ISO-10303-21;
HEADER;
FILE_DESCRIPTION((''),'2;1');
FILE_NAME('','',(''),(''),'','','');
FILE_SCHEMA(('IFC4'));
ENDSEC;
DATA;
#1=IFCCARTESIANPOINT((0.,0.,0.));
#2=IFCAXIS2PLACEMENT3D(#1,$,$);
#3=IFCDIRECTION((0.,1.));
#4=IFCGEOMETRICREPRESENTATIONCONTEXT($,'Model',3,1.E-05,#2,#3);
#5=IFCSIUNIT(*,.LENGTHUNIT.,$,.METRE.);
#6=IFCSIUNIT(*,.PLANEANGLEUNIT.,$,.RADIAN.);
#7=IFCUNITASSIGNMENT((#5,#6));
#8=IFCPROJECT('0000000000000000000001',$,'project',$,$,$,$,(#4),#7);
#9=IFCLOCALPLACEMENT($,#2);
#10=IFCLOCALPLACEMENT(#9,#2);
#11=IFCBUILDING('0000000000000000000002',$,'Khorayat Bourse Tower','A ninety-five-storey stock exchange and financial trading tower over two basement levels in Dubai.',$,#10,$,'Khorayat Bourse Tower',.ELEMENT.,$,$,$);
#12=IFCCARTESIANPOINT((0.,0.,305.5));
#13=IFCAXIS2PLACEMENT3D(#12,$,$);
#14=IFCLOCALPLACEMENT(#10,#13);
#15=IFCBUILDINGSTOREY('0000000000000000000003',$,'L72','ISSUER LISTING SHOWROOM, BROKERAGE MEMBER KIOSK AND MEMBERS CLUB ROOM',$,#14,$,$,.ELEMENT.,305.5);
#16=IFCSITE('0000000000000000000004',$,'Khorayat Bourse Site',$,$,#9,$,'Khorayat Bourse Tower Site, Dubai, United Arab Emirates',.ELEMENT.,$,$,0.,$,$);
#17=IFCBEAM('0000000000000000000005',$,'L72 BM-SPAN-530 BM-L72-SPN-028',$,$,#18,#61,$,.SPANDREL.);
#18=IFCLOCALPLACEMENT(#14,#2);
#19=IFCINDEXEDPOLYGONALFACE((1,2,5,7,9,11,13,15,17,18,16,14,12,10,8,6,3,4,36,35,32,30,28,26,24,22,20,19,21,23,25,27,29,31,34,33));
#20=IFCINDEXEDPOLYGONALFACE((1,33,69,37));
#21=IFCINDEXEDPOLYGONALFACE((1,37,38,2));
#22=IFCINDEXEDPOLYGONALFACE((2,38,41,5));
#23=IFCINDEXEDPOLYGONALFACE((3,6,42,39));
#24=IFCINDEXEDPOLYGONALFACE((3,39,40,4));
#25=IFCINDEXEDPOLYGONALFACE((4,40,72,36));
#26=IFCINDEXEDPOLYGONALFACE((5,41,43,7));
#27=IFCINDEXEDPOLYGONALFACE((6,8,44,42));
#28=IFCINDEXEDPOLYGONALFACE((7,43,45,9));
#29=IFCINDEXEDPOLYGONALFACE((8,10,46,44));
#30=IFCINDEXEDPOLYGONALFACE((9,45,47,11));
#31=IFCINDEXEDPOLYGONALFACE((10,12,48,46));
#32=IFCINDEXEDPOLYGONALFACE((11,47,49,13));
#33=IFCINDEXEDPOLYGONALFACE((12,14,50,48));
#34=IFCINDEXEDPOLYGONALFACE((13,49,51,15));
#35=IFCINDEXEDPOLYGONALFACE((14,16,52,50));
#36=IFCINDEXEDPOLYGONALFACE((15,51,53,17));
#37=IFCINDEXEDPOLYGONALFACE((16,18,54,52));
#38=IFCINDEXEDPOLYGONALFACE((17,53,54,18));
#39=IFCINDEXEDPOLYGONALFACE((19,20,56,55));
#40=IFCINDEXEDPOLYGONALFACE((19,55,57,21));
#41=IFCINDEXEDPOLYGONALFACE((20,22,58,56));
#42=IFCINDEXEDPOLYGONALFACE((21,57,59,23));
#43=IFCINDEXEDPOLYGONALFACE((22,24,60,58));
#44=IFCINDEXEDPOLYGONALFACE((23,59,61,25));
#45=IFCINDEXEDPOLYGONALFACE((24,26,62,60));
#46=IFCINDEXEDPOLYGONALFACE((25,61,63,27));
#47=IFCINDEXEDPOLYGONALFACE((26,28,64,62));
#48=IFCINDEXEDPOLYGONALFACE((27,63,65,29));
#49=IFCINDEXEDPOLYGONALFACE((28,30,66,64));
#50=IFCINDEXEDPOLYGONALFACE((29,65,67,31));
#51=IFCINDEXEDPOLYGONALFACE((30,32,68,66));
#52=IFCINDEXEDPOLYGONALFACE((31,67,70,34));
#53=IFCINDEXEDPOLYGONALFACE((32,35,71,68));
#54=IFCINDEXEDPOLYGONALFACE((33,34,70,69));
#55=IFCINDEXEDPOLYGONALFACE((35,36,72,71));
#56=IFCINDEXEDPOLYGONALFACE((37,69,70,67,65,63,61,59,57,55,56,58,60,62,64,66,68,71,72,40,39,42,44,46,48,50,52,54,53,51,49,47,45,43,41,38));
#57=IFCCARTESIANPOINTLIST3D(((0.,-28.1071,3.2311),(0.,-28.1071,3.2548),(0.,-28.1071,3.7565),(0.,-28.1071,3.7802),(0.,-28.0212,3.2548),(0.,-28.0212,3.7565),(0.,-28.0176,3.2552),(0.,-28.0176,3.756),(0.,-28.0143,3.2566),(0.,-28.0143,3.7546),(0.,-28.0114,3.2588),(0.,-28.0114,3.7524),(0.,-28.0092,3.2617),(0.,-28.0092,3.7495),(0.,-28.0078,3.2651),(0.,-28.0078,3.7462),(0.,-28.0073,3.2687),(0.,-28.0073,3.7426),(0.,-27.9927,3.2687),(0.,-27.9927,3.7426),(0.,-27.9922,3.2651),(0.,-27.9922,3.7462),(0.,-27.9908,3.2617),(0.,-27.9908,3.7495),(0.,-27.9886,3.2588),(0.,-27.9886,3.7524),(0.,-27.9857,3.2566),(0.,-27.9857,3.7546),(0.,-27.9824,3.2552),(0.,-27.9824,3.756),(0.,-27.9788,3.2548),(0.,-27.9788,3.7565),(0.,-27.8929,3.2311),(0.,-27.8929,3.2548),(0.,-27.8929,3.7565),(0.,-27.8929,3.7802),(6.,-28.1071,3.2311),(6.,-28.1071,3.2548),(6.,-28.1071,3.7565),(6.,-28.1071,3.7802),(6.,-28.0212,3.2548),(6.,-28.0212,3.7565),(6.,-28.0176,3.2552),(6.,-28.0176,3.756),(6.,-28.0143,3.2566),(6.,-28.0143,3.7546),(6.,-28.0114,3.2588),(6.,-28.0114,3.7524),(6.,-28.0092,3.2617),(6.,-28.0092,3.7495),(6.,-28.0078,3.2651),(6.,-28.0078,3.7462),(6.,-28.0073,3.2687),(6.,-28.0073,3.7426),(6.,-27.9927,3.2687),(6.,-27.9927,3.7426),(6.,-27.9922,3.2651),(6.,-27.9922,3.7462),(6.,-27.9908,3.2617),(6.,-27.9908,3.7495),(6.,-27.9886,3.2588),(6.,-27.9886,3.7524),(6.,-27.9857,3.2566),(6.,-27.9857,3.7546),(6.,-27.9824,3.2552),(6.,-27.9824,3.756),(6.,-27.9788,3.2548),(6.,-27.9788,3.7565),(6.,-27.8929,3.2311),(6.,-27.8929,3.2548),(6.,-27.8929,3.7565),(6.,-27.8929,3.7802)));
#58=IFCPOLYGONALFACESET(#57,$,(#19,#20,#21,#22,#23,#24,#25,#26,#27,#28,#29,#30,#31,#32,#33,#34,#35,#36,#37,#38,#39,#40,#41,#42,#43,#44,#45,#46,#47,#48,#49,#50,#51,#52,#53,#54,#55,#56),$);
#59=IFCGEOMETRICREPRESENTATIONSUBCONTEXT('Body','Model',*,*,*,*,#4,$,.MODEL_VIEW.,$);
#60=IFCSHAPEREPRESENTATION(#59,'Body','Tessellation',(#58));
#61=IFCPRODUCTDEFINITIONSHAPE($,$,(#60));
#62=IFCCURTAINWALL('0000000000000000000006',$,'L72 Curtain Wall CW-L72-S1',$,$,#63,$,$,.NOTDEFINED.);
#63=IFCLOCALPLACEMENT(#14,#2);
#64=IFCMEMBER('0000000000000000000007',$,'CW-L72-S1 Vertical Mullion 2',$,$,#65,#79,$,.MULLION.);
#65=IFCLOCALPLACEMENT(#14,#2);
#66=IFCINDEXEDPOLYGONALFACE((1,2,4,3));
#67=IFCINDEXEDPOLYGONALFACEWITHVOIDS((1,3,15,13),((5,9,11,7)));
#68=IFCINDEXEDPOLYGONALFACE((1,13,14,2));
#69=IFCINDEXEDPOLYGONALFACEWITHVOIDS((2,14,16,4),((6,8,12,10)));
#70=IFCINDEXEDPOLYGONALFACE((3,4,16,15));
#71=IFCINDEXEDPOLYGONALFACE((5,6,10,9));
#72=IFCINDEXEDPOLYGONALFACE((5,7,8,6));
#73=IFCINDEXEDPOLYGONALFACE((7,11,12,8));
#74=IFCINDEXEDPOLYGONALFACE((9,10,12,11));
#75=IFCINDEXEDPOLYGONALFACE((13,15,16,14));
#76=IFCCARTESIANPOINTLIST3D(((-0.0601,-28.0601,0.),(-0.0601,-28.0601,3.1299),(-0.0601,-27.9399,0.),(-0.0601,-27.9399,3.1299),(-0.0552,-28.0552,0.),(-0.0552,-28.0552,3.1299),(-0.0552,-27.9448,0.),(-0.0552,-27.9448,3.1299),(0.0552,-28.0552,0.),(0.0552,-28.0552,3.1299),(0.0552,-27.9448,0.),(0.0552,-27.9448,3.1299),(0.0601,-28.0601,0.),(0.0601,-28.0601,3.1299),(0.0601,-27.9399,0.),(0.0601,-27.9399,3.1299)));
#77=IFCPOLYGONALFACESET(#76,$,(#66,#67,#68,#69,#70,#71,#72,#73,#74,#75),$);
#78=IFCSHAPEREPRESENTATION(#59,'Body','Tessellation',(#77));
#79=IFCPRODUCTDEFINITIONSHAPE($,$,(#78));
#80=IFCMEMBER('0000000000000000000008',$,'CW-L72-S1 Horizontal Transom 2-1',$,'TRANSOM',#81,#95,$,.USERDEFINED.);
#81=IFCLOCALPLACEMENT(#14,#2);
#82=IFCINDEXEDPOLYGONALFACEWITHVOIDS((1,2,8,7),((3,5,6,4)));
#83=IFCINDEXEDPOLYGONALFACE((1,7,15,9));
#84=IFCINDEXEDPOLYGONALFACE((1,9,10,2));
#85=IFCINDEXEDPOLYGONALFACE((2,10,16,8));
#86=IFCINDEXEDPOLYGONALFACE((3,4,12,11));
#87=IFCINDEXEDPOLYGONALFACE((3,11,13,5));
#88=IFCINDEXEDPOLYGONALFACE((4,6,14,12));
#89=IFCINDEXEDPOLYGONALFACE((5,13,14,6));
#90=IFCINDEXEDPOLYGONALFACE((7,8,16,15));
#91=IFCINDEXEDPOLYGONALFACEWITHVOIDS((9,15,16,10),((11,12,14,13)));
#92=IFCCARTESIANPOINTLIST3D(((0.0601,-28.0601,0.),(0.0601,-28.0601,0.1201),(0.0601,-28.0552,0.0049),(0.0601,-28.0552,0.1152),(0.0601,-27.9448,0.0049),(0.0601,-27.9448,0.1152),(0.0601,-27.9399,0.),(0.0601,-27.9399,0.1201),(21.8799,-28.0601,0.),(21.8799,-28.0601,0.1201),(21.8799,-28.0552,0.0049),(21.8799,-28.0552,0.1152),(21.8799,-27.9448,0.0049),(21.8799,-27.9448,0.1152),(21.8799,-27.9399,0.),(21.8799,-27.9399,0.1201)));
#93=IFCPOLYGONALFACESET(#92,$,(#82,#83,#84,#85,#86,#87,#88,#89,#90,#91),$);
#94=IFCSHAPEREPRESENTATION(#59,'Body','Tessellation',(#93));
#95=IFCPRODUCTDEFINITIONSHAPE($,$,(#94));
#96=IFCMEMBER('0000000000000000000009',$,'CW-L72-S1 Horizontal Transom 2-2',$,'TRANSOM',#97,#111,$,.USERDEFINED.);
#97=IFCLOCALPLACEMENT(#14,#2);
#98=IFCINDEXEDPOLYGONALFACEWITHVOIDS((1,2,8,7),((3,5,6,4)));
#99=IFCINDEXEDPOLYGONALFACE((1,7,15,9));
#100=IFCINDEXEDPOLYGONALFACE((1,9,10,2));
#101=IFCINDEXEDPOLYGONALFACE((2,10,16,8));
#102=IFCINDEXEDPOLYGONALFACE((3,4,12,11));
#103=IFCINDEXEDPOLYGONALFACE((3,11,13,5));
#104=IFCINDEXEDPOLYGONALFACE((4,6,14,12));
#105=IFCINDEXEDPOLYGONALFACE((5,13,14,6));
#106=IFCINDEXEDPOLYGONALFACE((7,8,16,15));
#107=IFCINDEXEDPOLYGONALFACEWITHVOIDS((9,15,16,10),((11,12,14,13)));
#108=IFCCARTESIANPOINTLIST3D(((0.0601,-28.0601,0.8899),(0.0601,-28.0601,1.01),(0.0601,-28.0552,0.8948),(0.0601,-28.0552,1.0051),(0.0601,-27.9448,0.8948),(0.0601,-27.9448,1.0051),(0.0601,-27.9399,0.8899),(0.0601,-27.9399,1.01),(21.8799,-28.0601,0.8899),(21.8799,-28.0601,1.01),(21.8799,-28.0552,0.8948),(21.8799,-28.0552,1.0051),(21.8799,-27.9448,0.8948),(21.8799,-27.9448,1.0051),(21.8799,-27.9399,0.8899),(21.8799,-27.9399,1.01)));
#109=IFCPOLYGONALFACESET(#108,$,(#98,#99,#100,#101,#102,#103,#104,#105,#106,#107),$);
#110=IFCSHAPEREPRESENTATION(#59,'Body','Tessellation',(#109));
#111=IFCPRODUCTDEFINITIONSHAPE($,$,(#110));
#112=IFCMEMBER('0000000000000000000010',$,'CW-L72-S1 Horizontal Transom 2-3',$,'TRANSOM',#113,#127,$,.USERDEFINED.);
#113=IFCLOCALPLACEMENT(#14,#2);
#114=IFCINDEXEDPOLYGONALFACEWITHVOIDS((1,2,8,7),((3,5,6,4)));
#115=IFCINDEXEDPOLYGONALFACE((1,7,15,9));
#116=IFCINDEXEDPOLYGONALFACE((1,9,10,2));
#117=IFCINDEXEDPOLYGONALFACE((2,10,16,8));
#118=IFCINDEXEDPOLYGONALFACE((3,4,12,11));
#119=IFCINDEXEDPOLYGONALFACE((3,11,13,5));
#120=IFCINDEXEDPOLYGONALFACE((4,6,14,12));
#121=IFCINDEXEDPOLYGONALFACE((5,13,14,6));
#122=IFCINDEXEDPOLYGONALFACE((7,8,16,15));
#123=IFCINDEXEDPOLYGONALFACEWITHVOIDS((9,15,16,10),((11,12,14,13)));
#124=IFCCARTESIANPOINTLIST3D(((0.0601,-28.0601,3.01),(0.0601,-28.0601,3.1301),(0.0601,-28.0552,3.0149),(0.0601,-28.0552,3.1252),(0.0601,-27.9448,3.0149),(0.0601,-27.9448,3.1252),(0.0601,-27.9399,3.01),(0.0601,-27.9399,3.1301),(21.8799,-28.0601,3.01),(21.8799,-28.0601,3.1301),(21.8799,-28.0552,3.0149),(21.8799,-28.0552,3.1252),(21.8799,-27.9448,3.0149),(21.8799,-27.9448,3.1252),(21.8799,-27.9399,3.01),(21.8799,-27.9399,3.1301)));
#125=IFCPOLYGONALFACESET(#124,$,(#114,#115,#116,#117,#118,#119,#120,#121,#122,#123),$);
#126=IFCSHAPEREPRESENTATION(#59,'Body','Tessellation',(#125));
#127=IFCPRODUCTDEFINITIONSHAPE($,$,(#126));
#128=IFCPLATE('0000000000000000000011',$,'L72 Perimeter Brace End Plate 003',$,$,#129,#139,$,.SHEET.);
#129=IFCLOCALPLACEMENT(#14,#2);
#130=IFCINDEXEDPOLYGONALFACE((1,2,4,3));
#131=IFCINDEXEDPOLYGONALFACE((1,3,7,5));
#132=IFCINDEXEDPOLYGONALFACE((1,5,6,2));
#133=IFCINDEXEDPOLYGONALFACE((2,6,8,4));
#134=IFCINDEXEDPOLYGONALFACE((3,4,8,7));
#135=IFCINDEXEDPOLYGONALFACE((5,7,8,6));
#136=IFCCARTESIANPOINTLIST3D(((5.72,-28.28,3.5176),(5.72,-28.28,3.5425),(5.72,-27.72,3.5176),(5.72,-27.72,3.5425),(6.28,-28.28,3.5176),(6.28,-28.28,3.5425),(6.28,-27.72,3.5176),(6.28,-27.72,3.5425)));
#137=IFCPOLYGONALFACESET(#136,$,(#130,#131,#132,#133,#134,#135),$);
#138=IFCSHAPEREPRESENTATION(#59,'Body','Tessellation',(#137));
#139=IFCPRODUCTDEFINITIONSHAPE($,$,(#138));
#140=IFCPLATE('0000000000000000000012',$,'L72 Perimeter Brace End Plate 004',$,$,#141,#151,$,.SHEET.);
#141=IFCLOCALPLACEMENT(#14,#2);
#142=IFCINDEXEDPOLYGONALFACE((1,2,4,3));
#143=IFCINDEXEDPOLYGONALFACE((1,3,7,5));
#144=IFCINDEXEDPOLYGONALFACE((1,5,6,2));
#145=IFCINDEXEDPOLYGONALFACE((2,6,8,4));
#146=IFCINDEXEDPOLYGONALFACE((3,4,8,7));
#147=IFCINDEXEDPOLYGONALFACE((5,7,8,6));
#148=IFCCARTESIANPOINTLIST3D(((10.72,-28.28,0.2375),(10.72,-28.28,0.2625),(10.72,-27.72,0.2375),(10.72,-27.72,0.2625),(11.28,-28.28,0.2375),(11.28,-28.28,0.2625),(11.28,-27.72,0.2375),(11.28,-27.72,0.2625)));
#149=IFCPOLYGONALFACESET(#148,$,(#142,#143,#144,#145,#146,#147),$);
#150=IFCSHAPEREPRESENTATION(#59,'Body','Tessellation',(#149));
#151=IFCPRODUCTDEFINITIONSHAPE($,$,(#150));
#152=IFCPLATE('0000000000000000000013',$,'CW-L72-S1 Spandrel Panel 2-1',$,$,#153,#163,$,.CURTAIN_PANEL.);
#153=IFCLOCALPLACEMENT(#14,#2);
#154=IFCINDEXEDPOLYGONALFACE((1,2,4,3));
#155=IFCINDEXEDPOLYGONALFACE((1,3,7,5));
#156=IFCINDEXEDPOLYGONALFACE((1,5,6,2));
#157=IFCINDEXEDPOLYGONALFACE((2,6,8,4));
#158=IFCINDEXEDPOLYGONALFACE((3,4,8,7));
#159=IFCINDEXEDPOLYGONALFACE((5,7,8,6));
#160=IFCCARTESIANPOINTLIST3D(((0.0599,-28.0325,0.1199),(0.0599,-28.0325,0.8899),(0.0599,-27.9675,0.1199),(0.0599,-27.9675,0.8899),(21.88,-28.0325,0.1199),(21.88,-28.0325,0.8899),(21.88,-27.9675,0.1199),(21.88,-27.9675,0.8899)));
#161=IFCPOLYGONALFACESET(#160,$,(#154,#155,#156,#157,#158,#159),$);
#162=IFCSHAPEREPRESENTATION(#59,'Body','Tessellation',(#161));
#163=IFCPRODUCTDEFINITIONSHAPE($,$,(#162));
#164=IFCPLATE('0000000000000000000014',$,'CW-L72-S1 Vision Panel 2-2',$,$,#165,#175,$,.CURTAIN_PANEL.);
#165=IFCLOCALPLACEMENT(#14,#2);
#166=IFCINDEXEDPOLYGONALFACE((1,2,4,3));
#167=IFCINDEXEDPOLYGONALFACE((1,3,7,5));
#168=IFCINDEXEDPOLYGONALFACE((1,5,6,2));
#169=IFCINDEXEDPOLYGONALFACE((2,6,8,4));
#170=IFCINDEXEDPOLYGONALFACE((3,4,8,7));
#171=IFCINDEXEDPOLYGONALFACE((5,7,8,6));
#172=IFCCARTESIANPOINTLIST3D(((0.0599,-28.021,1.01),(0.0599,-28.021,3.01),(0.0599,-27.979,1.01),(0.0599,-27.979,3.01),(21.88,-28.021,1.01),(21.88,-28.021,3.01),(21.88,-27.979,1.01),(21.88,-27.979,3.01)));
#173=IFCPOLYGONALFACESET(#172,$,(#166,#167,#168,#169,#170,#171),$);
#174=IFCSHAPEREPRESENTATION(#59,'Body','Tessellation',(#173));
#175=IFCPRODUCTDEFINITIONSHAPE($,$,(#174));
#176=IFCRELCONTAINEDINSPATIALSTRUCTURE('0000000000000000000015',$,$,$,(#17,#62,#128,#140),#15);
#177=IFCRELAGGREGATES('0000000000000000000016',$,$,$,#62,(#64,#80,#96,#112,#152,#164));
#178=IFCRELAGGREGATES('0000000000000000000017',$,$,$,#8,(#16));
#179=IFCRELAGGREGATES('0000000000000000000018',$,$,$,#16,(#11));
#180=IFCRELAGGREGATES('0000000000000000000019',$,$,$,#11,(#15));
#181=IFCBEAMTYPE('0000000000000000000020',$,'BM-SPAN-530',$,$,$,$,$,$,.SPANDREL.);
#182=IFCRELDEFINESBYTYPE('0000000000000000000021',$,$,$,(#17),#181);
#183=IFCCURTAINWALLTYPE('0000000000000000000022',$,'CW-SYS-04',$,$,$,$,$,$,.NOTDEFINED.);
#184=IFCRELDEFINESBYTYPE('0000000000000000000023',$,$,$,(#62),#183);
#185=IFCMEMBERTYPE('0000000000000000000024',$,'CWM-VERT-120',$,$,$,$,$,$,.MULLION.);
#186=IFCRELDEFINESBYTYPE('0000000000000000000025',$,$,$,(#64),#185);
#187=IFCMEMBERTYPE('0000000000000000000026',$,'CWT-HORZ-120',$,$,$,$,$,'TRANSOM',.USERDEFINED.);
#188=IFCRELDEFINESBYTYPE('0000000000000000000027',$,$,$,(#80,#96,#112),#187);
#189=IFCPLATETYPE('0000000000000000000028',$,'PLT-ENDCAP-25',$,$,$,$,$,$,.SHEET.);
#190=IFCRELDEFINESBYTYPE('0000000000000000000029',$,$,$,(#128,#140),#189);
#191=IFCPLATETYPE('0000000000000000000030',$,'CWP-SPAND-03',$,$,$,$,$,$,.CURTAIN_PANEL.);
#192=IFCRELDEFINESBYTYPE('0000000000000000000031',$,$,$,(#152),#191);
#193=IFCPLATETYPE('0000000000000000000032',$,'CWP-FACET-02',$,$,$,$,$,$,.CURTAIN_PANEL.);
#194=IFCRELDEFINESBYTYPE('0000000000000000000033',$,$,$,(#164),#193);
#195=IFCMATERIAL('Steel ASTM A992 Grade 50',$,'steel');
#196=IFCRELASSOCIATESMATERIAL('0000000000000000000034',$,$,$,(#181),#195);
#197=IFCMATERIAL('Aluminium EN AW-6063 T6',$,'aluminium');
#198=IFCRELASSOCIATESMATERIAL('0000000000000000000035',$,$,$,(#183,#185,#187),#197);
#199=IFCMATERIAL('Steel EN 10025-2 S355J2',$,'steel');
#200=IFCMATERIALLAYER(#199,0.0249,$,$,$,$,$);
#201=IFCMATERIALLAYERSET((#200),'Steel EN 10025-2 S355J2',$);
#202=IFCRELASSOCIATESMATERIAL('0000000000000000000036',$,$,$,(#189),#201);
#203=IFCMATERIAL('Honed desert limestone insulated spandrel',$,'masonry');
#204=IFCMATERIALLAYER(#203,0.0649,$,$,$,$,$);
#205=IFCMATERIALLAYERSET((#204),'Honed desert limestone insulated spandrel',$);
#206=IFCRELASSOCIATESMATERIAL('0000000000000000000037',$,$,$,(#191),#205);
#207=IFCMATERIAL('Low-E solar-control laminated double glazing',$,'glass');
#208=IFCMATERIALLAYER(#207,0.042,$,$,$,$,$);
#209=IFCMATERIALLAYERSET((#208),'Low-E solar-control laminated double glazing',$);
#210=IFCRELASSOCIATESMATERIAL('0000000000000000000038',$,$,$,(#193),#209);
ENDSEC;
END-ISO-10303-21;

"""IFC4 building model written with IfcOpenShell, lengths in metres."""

from ifc_helpers import new_model, si_unit, direction, frame, origin, origin_2d, place, context, subcontext, project, spatial, rectangle, hollow_rectangle, i_section, extrude, source, transform, mapped, material, layer, layer_set, material_profile, profile_set, type_object, element, aggregate, save


model = new_model("IFC4")

# Units and contexts
model_context = context("Model", 3, precision=1e-05, world=origin(), true_north=direction((0.0, 1.0)))
body_context = subcontext(model_context, "Body", "Model", "MODEL_VIEW")
ifc_project = project(units=[si_unit("LENGTHUNIT", "METRE"), si_unit("PLANEANGLEUNIT", "RADIAN")], contexts=[model_context])

# Site, building, storey
site_placement = place(None, origin())
site = spatial("IfcSite", under=ifc_project, at=site_placement, Name="Khorayat Bourse Site", LongName="Khorayat Bourse Tower Site, Dubai, United Arab Emirates", CompositionType="ELEMENT", RefElevation=0.0)
building_placement = place(site_placement, origin())
building = spatial("IfcBuilding", under=site, at=building_placement, Name="Khorayat Bourse Tower", Description="A ninety-five-storey stock exchange and financial trading tower over two basement levels in Dubai.", LongName="Khorayat Bourse Tower", CompositionType="ELEMENT")
storey_placement = place(building_placement, frame((0.0, 0.0, 305.5)))
storey = spatial("IfcBuildingStorey", under=building, at=storey_placement, Name="L72", Description="ISSUER LISTING SHOWROOM, BROKERAGE MEMBER KIOSK AND MEMBERS CLUB ROOM", CompositionType="ELEMENT", Elevation=305.5)

# Shared definitions
ifc_material_1 = material(Name="Steel ASTM A992 Grade 50", Category="steel")

# Beam
ifc_material_profile_1 = material_profile(ifc_material_1, i_section(OverallWidth=0.2141, OverallDepth=0.5491, WebThickness=0.0146, FlangeThickness=0.0237, FilletRadius=0.0139, at=origin_2d()), Name="W530X138")
ifc_profile_set_1 = profile_set([ifc_material_profile_1], Name="Steel ASTM A992 Grade 50")
beam_type_1 = type_object("IfcBeamType", Name="BM-SPAN-530", PredefinedType="SPANDREL", material=ifc_profile_set_1)
shared_shape_1 = source(origin(), body_context, "Body", "SweptSolid", [
    extrude(i_section(OverallWidth=0.2141, OverallDepth=0.5491, WebThickness=0.0146, FlangeThickness=0.0237, FilletRadius=0.0139, at=origin_2d()), origin(), (0.0, 0.0, 1.0), 6.0),
])
beam_1_placement = place(storey_placement, frame((0.0, -28.0, 3.5056), z_axis=(1.0, 0.0, 0.0), x_axis=(0.0, 1.0, 0.0)))
element("IfcBeam", 1, at=beam_1_placement, inside=storey, type_object=beam_type_1, Name="L72 BM-SPAN-530 BM-L72-SPN-028", PredefinedType="SPANDREL", context=body_context, shape_type="MappedRepresentation", body=[
    mapped(shared_shape_1, transform((0.0, 0.0, 0.0), scale=1.0)),
])

# Curtain wall, members
ifc_material_2 = material(Name="Aluminium EN AW-6063 T6", Category="aluminium")
curtain_wall_type = type_object("IfcCurtainWallType", Name="CW-SYS-04", PredefinedType="NOTDEFINED", material=ifc_material_2)
curtain_wall_placement = place(storey_placement, origin())
curtain_wall = element("IfcCurtainWall", 2, at=curtain_wall_placement, inside=storey, type_object=curtain_wall_type, Name="L72 Curtain Wall CW-L72-S1", PredefinedType="NOTDEFINED")
ifc_material_profile_2 = material_profile(ifc_material_2, hollow_rectangle(XDim=0.1201, YDim=0.1201, WallThickness=0.0049, at=origin_2d()), Name="ALU 120x120x5")
ifc_profile_set_2 = profile_set([ifc_material_profile_2], Name="Aluminium EN AW-6063 T6")
member_type_1 = type_object("IfcMemberType", Name="CWM-VERT-120", PredefinedType="MULLION", material=ifc_profile_set_2)
shared_shape_2 = source(origin(), body_context, "Body", "SweptSolid", [
    extrude(hollow_rectangle(XDim=0.1201, YDim=0.1201, WallThickness=0.0049, at=origin_2d()), origin(), (0.0, 0.0, 1.0), 3.1299),
])
member_1_placement = place(storey_placement, frame((0.0, -28.0, 0.0), z_axis=(0.0, 0.0, 1.0), x_axis=(0.0, 1.0, 0.0)))
member_1 = element("IfcMember", 3, at=member_1_placement, type_object=member_type_1, Name="CW-L72-S1 Vertical Mullion 2", PredefinedType="MULLION", context=body_context, shape_type="MappedRepresentation", body=[
    mapped(shared_shape_2, transform((0.0, 0.0, 0.0), scale=1.0)),
])
ifc_material_profile_3 = material_profile(ifc_material_2, hollow_rectangle(XDim=0.1201, YDim=0.1201, WallThickness=0.0049, at=origin_2d()), Name="ALU 120x120x5")
ifc_profile_set_3 = profile_set([ifc_material_profile_3], Name="Aluminium EN AW-6063 T6")
member_type_2 = type_object("IfcMemberType", Name="CWT-HORZ-120", ElementType="TRANSOM", PredefinedType="USERDEFINED", material=ifc_profile_set_3)
shared_shape_3 = source(origin(), body_context, "Body", "SweptSolid", [
    extrude(hollow_rectangle(XDim=0.1201, YDim=0.1201, WallThickness=0.0049, at=origin_2d()), origin(), (0.0, 0.0, 1.0), 21.8198),
])
member_2_placement = place(storey_placement, frame((0.0601, -28.0, 0.0601), z_axis=(1.0, 0.0, 0.0), x_axis=(0.0, 1.0, 0.0)))
member_2 = element("IfcMember", 4, at=member_2_placement, type_object=member_type_2, Name="CW-L72-S1 Horizontal Transom 2-1", ObjectType="TRANSOM", PredefinedType="USERDEFINED", context=body_context, shape_type="MappedRepresentation", body=[
    mapped(shared_shape_3, transform((0.0, 0.0, 0.0), scale=1.0)),
])
member_3_placement = place(storey_placement, frame((0.0601, -28.0, 0.95), z_axis=(1.0, 0.0, 0.0), x_axis=(0.0, 1.0, 0.0)))
member_3 = element("IfcMember", 5, at=member_3_placement, type_object=member_type_2, Name="CW-L72-S1 Horizontal Transom 2-2", ObjectType="TRANSOM", PredefinedType="USERDEFINED", context=body_context, shape_type="MappedRepresentation", body=[
    mapped(shared_shape_3, transform((0.0, 0.0, 0.0), scale=1.0)),
])
member_4_placement = place(storey_placement, frame((0.0601, -28.0, 3.0701), z_axis=(1.0, 0.0, 0.0), x_axis=(0.0, 1.0, 0.0)))
member_4 = element("IfcMember", 6, at=member_4_placement, type_object=member_type_2, Name="CW-L72-S1 Horizontal Transom 2-3", ObjectType="TRANSOM", PredefinedType="USERDEFINED", context=body_context, shape_type="MappedRepresentation", body=[
    mapped(shared_shape_3, transform((0.0, 0.0, 0.0), scale=1.0)),
])

# Plates
ifc_material_3 = material(Name="Steel EN 10025-2 S355J2", Category="steel")
ifc_layer_1 = layer(ifc_material_3, 0.0249)
ifc_layer_set_1 = layer_set([ifc_layer_1], Name="Steel EN 10025-2 S355J2")
plate_type_1 = type_object("IfcPlateType", Name="PLT-ENDCAP-25", PredefinedType="SHEET", material=ifc_layer_set_1)
shared_shape_4 = source(origin(), body_context, "Body", "SweptSolid", [
    extrude(rectangle(XDim=0.5601, YDim=0.5601, at=origin_2d()), origin(), (0.0, 0.0, 1.0), 0.0249),
])
for number, where, z_axis, x_axis, name in (
    (7, (6.0, -28.0, 3.5176), (0.0, 0.0, 1.0), (1.0, 0.0, 0.0), "L72 Perimeter Brace End Plate 003"),
    (8, (11.0, -28.0, 0.2375), (0.0, 0.0, 1.0), (1.0, 0.0, 0.0), "L72 Perimeter Brace End Plate 004"),
):
    element("IfcPlate", number, at=place(storey_placement, frame(where, z_axis=z_axis, x_axis=x_axis)), inside=storey, type_object=plate_type_1, Name=name, PredefinedType="SHEET", context=body_context, shape_type="MappedRepresentation", body=[
        mapped(shared_shape_4, transform((0.0, 0.0, 0.0), scale=1.0)),
    ])

# Plates
ifc_material_4 = material(Name="Honed desert limestone insulated spandrel", Category="masonry")
ifc_layer_2 = layer(ifc_material_4, 0.0649)
ifc_layer_set_2 = layer_set([ifc_layer_2], Name="Honed desert limestone insulated spandrel")
plate_type_2 = type_object("IfcPlateType", Name="CWP-SPAND-03", PredefinedType="CURTAIN_PANEL", material=ifc_layer_set_2)
shared_shape_5 = source(origin(), body_context, "Body", "SweptSolid", [
    extrude(rectangle(XDim=21.8201, YDim=0.0649, at=origin_2d()), origin(), (0.0, 0.0, 1.0), 0.77),
])
plate_1_placement = place(storey_placement, frame((10.97, -28.0, 0.1199), z_axis=(0.0, 0.0, 1.0), x_axis=(1.0, 0.0, 0.0)))
plate_1 = element("IfcPlate", 9, at=plate_1_placement, type_object=plate_type_2, Name="CW-L72-S1 Spandrel Panel 2-1", PredefinedType="CURTAIN_PANEL", context=body_context, shape_type="MappedRepresentation", body=[
    mapped(shared_shape_5, transform((0.0, 0.0, 0.0), scale=1.0)),
])
ifc_material_5 = material(Name="Low-E solar-control laminated double glazing", Category="glass")
ifc_layer_3 = layer(ifc_material_5, 0.042)
ifc_layer_set_3 = layer_set([ifc_layer_3], Name="Low-E solar-control laminated double glazing")
plate_type_3 = type_object("IfcPlateType", Name="CWP-FACET-02", PredefinedType="CURTAIN_PANEL", material=ifc_layer_set_3)
shared_shape_6 = source(origin(), body_context, "Body", "SweptSolid", [
    extrude(rectangle(XDim=21.8201, YDim=0.042, at=origin_2d()), origin(), (0.0, 0.0, 1.0), 2.0),
])
plate_2_placement = place(storey_placement, frame((10.97, -28.0, 1.01), z_axis=(0.0, 0.0, 1.0), x_axis=(1.0, 0.0, 0.0)))
plate_2 = element("IfcPlate", 10, at=plate_2_placement, type_object=plate_type_3, Name="CW-L72-S1 Vision Panel 2-2", PredefinedType="CURTAIN_PANEL", context=body_context, shape_type="MappedRepresentation", body=[
    mapped(shared_shape_6, transform((0.0, 0.0, 0.0), scale=1.0)),
])
aggregate(curtain_wall, [member_1, member_2, member_3, member_4, plate_1, plate_2])

save(model, "model.ifc")
